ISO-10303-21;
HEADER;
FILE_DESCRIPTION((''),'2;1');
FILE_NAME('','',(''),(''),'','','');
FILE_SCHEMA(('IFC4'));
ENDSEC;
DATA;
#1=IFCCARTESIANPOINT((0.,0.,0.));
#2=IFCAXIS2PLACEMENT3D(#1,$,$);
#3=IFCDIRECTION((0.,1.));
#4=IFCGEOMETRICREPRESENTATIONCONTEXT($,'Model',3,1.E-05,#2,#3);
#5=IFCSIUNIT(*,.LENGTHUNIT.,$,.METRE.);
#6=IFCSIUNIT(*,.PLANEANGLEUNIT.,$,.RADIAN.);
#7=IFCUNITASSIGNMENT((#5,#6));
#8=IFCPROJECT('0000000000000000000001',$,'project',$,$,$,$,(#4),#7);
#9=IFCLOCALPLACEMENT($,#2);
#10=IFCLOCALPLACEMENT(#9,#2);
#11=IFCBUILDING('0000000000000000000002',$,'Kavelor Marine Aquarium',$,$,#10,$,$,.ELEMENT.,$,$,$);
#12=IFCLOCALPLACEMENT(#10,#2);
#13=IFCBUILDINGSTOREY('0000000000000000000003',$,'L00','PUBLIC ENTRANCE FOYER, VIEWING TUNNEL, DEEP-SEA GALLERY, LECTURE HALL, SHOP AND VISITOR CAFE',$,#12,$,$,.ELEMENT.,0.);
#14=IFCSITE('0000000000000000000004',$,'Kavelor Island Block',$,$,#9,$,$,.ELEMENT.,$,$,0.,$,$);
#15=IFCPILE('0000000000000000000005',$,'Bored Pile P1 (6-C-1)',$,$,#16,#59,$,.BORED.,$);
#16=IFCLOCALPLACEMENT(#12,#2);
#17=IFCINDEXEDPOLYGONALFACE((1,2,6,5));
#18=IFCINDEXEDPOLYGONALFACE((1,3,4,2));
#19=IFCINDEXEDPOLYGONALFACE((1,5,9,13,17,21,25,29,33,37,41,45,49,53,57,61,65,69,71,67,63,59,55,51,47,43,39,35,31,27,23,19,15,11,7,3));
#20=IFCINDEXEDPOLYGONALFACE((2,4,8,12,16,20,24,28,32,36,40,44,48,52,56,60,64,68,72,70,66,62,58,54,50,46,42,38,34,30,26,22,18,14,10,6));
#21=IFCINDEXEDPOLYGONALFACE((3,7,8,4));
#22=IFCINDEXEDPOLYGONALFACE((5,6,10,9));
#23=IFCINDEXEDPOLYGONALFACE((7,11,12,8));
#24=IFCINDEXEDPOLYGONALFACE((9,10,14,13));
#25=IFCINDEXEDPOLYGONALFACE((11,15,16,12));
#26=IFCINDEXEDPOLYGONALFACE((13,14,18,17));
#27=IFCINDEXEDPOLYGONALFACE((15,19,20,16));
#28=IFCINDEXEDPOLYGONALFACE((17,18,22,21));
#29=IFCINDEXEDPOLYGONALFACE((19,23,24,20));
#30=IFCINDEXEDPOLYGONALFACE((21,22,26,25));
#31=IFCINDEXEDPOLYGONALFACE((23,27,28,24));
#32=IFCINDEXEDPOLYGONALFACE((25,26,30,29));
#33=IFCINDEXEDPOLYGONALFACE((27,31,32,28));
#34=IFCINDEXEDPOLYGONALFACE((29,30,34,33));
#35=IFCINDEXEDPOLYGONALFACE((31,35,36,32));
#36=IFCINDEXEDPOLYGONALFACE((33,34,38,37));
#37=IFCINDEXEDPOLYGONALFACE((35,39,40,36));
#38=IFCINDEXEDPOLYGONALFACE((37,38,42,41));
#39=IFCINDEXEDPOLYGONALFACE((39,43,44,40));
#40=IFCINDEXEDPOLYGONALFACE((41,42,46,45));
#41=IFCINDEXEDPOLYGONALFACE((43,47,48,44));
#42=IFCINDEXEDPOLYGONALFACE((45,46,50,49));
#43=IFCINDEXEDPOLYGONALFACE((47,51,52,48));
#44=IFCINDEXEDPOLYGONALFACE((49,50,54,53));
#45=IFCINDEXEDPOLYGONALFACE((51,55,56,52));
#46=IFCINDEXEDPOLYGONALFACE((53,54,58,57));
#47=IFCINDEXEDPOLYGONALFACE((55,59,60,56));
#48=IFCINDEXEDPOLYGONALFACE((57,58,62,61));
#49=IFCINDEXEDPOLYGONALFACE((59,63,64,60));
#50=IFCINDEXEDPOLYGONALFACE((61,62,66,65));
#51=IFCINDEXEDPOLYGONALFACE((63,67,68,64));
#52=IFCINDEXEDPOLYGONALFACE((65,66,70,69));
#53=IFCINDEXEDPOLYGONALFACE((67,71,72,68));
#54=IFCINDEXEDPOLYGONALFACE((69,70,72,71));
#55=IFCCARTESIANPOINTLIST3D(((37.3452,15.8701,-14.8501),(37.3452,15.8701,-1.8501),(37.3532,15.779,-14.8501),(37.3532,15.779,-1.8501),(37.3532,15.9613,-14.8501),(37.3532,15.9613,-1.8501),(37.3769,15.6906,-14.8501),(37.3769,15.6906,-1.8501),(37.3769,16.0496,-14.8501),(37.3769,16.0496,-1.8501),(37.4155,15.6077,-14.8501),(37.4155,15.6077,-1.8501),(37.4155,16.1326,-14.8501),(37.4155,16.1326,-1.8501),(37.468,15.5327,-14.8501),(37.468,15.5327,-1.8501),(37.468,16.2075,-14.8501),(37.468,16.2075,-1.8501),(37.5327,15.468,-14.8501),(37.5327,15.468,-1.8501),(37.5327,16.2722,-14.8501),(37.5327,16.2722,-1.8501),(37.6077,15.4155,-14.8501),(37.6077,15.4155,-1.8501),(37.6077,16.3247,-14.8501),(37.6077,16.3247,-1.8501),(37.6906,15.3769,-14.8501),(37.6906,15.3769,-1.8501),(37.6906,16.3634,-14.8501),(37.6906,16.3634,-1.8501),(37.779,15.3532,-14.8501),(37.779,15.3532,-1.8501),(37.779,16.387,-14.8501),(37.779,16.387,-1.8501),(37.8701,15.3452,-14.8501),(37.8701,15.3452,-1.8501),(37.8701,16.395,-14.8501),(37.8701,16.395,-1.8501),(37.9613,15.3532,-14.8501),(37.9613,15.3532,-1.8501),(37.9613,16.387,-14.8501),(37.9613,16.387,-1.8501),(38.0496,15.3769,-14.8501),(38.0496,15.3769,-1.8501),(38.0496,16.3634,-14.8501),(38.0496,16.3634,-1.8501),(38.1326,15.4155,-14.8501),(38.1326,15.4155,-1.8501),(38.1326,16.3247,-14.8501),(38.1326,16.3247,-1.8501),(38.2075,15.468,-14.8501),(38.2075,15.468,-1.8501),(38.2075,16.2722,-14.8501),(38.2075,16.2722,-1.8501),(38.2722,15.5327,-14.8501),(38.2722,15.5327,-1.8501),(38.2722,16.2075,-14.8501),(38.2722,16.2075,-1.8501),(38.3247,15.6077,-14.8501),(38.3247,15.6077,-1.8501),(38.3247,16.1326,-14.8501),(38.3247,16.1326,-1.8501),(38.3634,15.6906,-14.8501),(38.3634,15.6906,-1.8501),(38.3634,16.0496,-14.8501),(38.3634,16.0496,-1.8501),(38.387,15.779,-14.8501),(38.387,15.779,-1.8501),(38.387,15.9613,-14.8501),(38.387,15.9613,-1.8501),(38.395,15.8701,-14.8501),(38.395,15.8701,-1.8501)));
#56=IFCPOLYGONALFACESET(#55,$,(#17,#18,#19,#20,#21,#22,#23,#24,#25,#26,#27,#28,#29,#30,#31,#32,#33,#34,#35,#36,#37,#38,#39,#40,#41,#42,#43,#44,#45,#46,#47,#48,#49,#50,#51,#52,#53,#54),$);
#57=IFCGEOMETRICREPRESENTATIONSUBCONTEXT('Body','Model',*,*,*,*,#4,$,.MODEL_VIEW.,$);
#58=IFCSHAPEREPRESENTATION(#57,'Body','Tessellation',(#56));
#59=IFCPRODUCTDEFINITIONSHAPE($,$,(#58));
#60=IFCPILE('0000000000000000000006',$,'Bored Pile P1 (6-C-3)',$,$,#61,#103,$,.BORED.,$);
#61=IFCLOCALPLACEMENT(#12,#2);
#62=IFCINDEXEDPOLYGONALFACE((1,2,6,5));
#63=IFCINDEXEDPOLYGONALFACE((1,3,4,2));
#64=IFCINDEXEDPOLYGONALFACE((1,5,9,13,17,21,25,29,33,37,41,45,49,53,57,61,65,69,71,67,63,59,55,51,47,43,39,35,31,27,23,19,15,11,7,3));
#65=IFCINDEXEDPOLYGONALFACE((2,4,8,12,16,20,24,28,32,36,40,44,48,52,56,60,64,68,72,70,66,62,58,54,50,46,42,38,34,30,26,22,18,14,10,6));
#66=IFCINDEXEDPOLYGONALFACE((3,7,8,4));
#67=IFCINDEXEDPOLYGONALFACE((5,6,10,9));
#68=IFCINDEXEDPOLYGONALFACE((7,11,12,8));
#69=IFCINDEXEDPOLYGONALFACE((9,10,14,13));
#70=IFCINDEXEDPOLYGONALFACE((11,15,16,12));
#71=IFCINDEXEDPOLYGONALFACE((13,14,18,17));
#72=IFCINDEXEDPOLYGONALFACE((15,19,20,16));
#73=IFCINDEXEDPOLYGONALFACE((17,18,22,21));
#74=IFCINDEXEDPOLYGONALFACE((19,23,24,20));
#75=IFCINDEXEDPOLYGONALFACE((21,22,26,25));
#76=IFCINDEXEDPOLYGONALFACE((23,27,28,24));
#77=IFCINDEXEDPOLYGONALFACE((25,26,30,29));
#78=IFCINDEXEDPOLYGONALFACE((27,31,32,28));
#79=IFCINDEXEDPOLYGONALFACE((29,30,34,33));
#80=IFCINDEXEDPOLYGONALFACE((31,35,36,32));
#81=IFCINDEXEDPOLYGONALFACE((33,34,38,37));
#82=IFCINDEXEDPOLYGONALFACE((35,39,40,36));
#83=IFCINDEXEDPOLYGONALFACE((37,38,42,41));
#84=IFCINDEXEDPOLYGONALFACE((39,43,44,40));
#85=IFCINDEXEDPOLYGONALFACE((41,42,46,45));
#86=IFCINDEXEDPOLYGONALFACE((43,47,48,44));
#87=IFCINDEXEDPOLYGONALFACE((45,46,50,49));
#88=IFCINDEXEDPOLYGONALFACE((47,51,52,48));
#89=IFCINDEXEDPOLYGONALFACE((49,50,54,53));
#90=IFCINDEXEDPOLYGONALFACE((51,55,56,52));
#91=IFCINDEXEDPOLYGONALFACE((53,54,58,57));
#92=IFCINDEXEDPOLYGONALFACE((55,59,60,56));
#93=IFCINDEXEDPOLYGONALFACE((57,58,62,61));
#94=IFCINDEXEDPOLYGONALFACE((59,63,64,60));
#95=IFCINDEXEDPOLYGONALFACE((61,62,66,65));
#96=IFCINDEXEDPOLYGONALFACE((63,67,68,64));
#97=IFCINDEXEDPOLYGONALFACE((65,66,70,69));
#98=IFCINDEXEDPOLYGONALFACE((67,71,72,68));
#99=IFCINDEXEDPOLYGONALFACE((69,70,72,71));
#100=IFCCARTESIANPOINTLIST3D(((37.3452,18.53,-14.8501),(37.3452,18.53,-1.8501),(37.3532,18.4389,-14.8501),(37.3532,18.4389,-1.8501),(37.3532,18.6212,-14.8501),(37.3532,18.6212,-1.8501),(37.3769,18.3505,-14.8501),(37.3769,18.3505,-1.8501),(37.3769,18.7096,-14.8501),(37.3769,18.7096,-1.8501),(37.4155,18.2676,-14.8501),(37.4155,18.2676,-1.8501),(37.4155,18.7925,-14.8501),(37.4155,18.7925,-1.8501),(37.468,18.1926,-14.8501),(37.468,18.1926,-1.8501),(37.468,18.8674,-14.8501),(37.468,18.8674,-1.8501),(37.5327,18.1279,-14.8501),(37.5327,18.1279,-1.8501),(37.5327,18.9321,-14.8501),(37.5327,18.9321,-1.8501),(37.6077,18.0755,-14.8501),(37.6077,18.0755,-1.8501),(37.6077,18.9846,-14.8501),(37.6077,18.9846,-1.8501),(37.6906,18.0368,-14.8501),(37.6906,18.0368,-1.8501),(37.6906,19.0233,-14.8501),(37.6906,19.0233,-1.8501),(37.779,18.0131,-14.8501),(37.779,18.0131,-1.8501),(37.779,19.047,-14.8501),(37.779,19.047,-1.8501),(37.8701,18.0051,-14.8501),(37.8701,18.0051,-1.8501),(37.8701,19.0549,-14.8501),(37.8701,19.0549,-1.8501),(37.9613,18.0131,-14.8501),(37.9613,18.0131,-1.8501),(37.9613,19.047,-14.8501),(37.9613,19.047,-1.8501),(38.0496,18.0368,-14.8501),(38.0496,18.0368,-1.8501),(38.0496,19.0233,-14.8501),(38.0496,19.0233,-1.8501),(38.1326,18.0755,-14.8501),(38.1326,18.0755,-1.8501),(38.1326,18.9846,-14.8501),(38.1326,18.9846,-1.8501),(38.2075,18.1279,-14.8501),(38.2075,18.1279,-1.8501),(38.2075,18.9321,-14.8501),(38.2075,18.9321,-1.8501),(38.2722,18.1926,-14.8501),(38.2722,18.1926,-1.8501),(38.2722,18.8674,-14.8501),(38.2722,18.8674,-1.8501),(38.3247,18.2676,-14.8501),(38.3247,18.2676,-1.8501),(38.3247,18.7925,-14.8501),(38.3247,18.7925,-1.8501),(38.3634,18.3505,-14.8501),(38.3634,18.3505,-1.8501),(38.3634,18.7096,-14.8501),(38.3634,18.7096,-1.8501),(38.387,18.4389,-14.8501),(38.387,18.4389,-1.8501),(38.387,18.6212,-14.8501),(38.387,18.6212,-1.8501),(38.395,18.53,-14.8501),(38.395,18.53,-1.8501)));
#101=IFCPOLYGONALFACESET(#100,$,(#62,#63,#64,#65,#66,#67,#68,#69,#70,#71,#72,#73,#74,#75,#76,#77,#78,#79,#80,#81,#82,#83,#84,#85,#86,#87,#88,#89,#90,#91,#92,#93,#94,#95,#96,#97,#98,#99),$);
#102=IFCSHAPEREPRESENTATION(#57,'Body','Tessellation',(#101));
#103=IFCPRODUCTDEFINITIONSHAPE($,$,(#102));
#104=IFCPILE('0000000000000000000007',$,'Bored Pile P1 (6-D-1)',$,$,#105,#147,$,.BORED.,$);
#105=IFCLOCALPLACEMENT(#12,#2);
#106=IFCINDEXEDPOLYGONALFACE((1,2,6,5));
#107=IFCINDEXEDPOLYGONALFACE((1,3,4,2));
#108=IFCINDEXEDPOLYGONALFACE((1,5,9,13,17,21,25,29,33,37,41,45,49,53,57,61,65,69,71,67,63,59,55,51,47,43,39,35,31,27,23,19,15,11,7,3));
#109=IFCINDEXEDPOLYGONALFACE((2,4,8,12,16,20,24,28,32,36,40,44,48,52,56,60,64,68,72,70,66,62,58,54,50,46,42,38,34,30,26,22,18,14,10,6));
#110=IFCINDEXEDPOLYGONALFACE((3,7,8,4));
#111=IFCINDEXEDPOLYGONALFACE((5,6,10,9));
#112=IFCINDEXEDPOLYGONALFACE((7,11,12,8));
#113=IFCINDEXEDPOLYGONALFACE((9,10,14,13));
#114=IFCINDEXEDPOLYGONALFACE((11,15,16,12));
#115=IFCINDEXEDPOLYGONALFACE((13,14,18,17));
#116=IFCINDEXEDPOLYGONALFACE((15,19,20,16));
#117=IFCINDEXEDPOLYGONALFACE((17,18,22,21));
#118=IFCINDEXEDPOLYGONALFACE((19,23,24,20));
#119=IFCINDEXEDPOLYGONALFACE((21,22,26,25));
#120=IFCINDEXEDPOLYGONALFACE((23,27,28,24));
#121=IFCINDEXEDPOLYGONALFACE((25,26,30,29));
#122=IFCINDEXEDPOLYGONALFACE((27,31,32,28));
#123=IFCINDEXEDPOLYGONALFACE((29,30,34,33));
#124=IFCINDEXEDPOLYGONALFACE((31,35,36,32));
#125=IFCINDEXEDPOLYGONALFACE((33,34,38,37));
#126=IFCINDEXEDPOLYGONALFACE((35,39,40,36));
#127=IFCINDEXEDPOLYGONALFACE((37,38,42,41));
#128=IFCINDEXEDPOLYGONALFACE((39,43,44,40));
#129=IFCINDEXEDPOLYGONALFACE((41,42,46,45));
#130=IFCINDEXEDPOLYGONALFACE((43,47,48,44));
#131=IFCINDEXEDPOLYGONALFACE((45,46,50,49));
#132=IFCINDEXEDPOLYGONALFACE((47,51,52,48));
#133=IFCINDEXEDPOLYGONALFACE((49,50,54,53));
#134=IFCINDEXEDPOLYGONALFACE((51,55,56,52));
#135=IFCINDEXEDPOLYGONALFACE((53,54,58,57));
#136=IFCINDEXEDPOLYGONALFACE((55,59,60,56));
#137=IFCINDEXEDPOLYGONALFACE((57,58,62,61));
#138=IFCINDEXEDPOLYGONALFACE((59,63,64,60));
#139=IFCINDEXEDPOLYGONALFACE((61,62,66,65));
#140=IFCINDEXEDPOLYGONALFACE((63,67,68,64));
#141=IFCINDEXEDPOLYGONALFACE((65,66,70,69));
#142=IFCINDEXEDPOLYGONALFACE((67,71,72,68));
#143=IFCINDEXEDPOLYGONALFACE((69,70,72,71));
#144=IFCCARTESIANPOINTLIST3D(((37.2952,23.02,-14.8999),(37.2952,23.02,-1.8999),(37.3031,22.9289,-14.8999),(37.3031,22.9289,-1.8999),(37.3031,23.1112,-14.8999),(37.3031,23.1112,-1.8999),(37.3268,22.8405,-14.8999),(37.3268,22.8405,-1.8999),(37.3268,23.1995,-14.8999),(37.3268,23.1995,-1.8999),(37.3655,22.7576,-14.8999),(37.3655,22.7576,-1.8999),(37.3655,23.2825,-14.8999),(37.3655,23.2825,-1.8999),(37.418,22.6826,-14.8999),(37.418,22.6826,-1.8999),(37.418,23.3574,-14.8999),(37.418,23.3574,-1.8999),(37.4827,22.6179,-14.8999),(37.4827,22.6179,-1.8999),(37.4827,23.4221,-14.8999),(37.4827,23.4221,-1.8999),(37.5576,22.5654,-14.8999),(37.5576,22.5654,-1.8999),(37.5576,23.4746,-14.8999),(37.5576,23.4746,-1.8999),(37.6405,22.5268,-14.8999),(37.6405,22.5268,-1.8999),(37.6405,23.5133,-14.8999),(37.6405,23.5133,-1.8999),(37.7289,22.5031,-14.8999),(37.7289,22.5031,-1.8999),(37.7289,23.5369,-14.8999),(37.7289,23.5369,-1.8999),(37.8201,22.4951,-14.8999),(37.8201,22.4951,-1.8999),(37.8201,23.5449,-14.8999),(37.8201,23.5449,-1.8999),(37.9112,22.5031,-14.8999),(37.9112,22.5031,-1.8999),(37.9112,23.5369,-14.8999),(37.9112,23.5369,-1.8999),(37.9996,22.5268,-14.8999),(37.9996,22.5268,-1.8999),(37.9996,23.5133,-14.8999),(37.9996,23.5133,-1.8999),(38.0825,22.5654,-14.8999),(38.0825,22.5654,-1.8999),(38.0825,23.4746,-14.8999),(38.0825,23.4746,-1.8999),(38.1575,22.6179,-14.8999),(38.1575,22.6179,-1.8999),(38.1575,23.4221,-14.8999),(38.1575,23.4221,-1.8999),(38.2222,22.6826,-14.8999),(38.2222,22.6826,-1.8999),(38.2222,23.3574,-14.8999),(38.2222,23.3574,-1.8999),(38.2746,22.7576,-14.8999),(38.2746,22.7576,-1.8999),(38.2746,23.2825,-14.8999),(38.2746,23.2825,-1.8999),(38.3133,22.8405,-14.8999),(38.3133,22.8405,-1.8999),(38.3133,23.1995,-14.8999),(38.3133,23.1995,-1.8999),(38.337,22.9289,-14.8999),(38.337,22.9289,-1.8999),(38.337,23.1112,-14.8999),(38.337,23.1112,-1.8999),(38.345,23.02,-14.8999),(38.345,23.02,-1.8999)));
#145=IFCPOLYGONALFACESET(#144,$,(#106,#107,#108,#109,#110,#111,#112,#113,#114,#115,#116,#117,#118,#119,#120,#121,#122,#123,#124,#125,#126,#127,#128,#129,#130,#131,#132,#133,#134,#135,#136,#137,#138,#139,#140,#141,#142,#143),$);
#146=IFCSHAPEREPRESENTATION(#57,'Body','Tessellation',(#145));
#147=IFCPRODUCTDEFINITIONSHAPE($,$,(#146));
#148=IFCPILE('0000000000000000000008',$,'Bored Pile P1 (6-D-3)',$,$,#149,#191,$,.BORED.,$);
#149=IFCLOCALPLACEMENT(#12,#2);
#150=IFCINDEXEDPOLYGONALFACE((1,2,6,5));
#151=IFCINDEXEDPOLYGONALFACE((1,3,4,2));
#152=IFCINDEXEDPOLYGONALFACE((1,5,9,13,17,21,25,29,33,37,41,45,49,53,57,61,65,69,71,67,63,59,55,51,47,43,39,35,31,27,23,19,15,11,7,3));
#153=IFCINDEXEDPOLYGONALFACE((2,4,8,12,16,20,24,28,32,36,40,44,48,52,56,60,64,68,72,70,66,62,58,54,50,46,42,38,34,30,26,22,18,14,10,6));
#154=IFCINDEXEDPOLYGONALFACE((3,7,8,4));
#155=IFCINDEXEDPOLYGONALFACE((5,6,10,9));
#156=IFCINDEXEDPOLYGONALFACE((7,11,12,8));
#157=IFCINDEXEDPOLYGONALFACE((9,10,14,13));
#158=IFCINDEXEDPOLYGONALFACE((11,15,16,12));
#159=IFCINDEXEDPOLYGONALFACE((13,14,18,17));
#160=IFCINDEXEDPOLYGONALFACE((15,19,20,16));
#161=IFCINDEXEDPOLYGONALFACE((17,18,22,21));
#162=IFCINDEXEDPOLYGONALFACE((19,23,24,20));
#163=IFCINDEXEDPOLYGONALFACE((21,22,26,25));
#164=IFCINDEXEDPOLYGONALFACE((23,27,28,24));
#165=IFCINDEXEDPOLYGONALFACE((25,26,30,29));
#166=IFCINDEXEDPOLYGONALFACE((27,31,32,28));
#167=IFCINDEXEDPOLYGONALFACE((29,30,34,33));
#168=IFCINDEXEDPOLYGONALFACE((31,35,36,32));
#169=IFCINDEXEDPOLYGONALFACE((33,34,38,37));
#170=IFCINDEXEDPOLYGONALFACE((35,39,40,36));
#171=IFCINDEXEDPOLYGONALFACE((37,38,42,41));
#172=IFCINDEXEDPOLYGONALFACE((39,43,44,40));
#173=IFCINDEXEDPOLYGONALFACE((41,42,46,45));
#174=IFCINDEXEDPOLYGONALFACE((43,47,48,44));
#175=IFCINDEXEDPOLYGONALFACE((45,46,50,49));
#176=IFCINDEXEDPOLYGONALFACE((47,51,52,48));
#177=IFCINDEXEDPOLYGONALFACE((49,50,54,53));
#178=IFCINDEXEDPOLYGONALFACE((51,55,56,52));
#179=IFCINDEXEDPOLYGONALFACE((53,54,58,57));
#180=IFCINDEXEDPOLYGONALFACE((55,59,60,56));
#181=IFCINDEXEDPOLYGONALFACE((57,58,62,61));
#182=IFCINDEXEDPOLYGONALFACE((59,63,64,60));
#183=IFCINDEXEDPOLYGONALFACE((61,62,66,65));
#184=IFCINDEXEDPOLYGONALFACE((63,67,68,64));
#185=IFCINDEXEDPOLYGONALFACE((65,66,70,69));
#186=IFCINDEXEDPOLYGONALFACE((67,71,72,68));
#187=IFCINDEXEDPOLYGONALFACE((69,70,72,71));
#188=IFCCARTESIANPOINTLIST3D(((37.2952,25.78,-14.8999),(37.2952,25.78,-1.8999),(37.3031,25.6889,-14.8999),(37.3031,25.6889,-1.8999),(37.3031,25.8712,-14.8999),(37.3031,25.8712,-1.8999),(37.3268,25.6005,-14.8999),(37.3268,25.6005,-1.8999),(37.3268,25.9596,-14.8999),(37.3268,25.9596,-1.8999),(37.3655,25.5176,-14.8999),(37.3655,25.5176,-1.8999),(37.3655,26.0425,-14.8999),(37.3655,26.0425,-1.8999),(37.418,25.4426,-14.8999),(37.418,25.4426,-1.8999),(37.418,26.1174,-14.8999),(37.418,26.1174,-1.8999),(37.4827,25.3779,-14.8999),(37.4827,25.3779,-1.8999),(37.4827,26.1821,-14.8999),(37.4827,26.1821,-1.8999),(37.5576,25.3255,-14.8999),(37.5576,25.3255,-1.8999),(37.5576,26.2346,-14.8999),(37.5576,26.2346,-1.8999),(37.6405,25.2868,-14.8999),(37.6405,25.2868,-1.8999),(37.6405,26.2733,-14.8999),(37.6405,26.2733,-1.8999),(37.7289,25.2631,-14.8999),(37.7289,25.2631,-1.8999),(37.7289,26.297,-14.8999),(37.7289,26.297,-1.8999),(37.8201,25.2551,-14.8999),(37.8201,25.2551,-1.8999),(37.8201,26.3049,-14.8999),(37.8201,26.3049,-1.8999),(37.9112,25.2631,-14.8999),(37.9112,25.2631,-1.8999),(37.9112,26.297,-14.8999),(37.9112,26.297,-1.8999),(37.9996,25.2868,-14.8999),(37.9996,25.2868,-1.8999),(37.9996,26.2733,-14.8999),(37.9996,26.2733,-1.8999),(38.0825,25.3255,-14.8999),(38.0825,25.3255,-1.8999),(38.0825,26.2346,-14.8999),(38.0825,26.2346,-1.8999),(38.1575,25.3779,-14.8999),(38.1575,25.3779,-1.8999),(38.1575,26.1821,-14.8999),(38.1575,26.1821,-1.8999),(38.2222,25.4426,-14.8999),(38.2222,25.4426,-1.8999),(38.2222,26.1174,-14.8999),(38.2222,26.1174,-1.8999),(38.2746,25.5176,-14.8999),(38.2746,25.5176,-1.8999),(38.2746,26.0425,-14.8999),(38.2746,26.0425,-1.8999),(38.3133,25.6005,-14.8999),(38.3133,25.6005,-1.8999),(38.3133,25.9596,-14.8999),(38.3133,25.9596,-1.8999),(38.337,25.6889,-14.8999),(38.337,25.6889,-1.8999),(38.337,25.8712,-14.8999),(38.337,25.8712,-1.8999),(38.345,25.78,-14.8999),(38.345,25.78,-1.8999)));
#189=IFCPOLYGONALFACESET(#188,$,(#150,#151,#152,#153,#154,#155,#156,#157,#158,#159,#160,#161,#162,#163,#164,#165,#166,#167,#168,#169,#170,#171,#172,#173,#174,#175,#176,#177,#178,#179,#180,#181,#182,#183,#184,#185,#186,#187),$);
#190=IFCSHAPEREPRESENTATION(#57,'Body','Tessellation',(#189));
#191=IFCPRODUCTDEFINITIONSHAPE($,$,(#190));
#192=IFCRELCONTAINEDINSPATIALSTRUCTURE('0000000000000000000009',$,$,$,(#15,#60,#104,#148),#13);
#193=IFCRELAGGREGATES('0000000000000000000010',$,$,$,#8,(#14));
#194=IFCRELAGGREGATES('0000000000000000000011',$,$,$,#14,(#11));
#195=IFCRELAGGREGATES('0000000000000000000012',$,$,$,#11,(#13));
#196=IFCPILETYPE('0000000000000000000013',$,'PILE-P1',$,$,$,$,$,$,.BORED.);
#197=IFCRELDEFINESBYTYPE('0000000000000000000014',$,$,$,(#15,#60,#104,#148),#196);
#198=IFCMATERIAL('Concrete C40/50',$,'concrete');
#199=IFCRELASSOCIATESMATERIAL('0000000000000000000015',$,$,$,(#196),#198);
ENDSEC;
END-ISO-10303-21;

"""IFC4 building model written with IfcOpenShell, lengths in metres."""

from ifc_helpers import new_model, si_unit, direction, frame, origin, origin_2d, place, context, subcontext, project, spatial, circle, extrude, material, material_profile, profile_set, type_object, element, save


model = new_model("IFC4")

# Units and contexts
model_context = context("Model", 3, precision=1e-05, world=origin(), true_north=direction((0.0, 1.0)))
body_context = subcontext(model_context, "Body", "Model", "MODEL_VIEW")
ifc_project = project(units=[si_unit("LENGTHUNIT", "METRE"), si_unit("PLANEANGLEUNIT", "RADIAN")], contexts=[model_context])

# Site, building, storey
site_placement = place(None, origin())
site = spatial("IfcSite", under=ifc_project, at=site_placement, Name="Kavelor Island Block", CompositionType="ELEMENT", RefElevation=0.0)
building_placement = place(site_placement, origin())
building = spatial("IfcBuilding", under=site, at=building_placement, Name="Kavelor Marine Aquarium", CompositionType="ELEMENT")
storey_placement = place(building_placement, origin())
storey = spatial("IfcBuildingStorey", under=building, at=storey_placement, Name="L00", Description="PUBLIC ENTRANCE FOYER, VIEWING TUNNEL, DEEP-SEA GALLERY, LECTURE HALL, SHOP AND VISITOR CAFE", CompositionType="ELEMENT", Elevation=0.0)

# Piles
ifc_material_1 = material(Name="Concrete C40/50", Category="concrete")
ifc_material_profile_1 = material_profile(ifc_material_1, circle(Radius=0.5249, at=origin_2d()), Name="PILE D1050")
ifc_profile_set_1 = profile_set([ifc_material_profile_1], Name="Concrete C40/50")
pile_type_1 = type_object("IfcPileType", Name="PILE-P1", PredefinedType="BORED", material=ifc_profile_set_1)
for number, where, z_axis, x_axis, name in (
    (1, (37.8701, 15.8701, -1.8501), (0.0, 0.0, -1.0), (1.0, 0.0, 0.0), "Bored Pile P1 (6-C-1)"),
    (2, (37.8701, 18.53, -1.8501), (0.0, 0.0, -1.0), (1.0, 0.0, 0.0), "Bored Pile P1 (6-C-3)"),
    (3, (37.8201, 23.02, -1.8999), (0.0, 0.0, -1.0), (1.0, 0.0, 0.0), "Bored Pile P1 (6-D-1)"),
    (4, (37.8201, 25.78, -1.8999), (0.0, 0.0, -1.0), (1.0, 0.0, 0.0), "Bored Pile P1 (6-D-3)"),
):
    element("IfcPile", number, at=place(storey_placement, frame(where, z_axis=z_axis, x_axis=x_axis)), inside=storey, type_object=pile_type_1, Name=name, PredefinedType="BORED", context=body_context, shape_type="SweptSolid", body=[
        extrude(circle(Radius=0.5249, at=origin_2d()), origin(), (0.0, 0.0, 1.0), 13.0),
    ])

save(model, "model.ifc")
